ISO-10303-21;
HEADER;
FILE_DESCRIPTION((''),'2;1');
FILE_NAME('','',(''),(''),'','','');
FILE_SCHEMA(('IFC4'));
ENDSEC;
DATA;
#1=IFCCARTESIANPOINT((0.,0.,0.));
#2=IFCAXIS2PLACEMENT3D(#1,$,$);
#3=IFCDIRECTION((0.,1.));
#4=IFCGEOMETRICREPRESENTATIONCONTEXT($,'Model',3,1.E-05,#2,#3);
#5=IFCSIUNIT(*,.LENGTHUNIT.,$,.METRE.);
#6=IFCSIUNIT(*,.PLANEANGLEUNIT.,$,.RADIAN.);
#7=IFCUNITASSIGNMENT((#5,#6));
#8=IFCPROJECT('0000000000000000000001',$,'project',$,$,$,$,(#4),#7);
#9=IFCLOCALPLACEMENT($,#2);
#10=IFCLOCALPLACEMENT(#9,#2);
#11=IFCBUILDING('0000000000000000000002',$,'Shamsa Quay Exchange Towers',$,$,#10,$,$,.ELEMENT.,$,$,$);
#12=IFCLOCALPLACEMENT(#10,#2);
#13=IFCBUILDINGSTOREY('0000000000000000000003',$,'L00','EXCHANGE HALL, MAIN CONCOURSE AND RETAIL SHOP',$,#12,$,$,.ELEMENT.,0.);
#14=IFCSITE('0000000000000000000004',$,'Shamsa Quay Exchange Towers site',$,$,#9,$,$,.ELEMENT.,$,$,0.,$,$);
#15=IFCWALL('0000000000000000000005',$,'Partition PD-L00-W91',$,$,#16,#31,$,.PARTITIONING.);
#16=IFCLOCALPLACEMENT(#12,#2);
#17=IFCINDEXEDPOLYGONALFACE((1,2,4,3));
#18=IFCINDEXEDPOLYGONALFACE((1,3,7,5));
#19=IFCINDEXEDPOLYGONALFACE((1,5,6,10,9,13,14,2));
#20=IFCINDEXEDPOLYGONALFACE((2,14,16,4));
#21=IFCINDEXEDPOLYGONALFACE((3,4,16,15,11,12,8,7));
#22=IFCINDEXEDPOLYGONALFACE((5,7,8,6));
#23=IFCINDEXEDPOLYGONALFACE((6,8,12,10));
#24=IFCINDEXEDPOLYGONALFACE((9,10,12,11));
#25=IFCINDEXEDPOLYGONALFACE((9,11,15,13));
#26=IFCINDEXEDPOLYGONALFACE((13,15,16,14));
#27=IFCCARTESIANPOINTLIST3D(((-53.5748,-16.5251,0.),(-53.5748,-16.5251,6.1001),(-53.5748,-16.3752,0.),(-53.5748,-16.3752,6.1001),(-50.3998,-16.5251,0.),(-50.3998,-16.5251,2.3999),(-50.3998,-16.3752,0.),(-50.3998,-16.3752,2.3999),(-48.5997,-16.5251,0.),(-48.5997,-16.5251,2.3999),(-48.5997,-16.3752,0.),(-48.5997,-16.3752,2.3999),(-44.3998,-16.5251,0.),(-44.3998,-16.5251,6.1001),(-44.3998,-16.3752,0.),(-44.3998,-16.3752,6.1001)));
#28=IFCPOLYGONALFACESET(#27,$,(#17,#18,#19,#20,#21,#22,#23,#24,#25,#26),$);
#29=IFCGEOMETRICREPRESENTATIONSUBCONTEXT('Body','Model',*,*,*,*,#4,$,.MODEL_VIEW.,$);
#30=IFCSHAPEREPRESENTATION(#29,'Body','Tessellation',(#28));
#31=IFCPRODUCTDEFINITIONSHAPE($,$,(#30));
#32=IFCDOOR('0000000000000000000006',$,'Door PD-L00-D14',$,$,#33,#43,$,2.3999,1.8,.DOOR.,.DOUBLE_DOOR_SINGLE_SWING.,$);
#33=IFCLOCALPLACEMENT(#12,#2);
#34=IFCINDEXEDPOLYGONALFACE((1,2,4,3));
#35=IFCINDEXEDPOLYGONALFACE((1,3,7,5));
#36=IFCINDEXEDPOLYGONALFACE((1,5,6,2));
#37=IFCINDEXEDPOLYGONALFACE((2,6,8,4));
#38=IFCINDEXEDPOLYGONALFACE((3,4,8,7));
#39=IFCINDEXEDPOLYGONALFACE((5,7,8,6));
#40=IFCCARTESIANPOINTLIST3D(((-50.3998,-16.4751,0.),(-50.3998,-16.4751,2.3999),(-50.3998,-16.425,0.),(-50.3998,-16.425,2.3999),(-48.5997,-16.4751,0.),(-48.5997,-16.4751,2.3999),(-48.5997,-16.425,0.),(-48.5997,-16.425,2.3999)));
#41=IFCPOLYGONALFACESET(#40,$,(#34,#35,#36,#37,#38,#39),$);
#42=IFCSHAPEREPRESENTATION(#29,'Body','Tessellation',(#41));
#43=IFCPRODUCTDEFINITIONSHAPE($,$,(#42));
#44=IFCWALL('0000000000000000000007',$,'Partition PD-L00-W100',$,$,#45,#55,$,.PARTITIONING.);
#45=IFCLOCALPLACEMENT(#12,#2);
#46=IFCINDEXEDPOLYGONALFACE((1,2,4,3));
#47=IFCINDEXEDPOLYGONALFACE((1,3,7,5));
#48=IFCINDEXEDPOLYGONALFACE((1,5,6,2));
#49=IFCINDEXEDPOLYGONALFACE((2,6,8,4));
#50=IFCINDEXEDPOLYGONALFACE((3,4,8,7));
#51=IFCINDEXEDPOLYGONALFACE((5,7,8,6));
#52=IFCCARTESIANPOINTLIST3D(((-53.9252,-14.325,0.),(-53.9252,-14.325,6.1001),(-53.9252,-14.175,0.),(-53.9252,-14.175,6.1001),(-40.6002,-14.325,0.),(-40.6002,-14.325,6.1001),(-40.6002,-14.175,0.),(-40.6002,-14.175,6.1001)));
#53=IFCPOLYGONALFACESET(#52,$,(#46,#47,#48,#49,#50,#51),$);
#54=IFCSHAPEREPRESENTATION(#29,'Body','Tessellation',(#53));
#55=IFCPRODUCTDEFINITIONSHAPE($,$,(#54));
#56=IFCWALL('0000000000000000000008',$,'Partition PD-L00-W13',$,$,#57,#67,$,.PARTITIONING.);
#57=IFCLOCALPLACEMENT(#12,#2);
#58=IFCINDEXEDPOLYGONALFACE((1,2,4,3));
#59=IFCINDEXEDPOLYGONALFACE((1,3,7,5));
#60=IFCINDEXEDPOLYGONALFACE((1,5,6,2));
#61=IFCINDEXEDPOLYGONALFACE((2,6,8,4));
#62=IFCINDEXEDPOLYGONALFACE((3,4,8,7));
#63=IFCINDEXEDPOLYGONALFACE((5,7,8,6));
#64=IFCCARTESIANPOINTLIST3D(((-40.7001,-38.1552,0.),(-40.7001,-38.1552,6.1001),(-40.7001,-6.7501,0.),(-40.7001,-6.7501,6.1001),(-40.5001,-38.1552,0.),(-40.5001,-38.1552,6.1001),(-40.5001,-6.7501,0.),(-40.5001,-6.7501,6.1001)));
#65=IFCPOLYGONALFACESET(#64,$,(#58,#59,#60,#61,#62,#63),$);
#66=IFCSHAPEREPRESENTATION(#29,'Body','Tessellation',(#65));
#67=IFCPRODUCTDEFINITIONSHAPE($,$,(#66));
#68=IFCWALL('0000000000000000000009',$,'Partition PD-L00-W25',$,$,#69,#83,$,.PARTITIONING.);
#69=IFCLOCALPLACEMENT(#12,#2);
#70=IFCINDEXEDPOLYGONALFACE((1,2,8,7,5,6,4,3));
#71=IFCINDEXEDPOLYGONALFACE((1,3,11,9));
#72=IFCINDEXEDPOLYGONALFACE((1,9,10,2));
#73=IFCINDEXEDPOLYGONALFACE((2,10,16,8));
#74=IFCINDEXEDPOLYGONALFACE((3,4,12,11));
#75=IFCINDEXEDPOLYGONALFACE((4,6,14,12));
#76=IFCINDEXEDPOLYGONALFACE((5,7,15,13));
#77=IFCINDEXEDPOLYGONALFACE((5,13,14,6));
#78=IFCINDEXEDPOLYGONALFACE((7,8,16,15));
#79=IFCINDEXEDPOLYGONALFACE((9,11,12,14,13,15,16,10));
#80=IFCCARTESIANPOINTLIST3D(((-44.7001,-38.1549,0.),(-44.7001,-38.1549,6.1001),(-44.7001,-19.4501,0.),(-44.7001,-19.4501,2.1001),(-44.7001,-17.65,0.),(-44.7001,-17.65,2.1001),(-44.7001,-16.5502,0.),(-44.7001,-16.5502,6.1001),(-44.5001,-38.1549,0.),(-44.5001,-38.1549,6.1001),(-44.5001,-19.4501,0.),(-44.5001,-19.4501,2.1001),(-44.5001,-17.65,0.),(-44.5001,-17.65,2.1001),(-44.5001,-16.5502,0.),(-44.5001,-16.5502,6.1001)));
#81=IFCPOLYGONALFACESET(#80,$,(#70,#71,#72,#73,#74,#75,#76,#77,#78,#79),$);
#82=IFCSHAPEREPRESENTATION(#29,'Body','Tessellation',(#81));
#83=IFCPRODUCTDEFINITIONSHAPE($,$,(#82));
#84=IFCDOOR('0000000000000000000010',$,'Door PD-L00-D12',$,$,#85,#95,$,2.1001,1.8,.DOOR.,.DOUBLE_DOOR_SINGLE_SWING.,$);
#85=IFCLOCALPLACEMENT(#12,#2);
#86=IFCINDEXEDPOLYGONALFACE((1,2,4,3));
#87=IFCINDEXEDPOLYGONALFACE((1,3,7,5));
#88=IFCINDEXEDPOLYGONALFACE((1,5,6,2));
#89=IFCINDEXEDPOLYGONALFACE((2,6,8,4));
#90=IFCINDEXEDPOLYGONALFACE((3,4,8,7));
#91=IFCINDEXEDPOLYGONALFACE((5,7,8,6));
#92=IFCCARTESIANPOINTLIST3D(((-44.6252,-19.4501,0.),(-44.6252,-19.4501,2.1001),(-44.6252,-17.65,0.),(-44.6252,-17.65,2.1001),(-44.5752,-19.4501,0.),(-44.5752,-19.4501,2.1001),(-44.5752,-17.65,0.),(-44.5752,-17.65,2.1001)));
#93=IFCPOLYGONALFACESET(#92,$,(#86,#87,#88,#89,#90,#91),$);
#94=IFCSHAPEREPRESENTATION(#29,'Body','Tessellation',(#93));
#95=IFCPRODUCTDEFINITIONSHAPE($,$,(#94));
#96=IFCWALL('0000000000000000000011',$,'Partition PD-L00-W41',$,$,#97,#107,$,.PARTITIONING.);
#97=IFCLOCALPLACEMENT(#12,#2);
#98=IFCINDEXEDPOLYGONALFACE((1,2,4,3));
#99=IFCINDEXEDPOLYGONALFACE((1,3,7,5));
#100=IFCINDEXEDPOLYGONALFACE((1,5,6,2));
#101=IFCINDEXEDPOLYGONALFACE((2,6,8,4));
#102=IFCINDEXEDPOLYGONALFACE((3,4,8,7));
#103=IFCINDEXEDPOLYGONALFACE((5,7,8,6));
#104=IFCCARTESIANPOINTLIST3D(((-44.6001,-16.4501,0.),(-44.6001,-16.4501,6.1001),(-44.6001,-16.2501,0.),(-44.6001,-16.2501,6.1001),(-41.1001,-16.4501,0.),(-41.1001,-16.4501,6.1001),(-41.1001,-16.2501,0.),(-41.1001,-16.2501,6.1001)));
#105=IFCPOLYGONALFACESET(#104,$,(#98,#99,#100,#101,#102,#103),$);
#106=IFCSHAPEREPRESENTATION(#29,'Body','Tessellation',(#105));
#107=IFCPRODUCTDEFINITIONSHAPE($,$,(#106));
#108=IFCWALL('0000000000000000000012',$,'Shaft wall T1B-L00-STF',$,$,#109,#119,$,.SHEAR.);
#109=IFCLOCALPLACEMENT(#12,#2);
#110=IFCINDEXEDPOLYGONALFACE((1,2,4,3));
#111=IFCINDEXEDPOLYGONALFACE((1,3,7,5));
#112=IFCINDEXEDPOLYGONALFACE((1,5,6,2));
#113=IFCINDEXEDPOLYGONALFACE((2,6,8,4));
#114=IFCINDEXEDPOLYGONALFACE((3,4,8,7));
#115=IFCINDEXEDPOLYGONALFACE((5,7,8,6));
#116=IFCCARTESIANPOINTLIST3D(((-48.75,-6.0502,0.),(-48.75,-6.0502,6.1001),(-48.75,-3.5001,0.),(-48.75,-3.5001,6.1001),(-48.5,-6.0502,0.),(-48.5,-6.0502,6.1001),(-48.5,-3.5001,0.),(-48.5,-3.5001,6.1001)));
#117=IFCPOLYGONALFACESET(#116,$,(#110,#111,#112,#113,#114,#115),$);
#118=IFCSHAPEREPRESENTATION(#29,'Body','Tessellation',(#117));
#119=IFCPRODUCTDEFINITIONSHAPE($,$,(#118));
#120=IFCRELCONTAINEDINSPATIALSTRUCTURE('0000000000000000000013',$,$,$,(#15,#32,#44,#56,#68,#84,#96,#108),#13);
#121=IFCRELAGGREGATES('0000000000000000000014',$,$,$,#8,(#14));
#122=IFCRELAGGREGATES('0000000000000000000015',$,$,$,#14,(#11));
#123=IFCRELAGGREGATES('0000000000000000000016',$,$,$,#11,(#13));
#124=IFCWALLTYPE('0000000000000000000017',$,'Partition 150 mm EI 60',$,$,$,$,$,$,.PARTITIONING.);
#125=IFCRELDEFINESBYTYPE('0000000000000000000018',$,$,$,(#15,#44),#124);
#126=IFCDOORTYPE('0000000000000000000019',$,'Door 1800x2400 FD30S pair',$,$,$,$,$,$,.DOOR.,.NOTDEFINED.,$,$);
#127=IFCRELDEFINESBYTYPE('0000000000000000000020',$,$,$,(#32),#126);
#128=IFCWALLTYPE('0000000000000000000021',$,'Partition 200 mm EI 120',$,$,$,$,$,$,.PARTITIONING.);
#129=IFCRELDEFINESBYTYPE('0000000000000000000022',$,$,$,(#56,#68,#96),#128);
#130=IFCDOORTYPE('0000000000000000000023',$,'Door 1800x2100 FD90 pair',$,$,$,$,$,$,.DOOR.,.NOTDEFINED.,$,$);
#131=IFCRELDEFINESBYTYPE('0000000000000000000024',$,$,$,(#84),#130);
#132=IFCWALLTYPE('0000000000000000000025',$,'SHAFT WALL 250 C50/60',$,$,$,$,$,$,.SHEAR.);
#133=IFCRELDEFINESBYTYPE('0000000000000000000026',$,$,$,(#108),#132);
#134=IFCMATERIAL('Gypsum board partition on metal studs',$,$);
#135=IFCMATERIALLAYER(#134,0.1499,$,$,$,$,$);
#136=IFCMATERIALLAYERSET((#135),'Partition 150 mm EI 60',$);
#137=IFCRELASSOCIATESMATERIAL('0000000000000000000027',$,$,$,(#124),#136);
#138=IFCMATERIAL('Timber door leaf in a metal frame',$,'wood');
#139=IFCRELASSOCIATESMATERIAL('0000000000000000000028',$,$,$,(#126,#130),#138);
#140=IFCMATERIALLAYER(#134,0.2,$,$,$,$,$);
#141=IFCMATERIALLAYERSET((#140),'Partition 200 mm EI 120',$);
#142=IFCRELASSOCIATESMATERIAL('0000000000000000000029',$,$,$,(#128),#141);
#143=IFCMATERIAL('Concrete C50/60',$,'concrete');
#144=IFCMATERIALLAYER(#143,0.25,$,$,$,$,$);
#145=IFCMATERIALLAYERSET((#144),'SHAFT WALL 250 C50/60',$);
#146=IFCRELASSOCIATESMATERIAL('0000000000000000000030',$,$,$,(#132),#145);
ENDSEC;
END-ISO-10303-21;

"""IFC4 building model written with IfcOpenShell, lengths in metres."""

from ifc_helpers import new_model, si_unit, direction, frame, frame_2d, origin, place, context, subcontext, project, spatial, rectangle, extrude, material, layer, layer_set, type_object, element, fill, save


model = new_model("IFC4")

# Units and contexts
model_context = context("Model", 3, precision=1e-05, world=origin(), true_north=direction((0.0, 1.0)))
body_context = subcontext(model_context, "Body", "Model", "MODEL_VIEW")
ifc_project = project(units=[si_unit("LENGTHUNIT", "METRE"), si_unit("PLANEANGLEUNIT", "RADIAN")], contexts=[model_context])

# Site, building, storey
site_placement = place(None, origin())
site = spatial("IfcSite", under=ifc_project, at=site_placement, Name="Shamsa Quay Exchange Towers site", CompositionType="ELEMENT", RefElevation=0.0)
building_placement = place(site_placement, origin())
building = spatial("IfcBuilding", under=site, at=building_placement, Name="Shamsa Quay Exchange Towers", CompositionType="ELEMENT")
storey_placement = place(building_placement, origin())
storey = spatial("IfcBuildingStorey", under=building, at=storey_placement, Name="L00", Description="EXCHANGE HALL, MAIN CONCOURSE AND RETAIL SHOP", CompositionType="ELEMENT", Elevation=0.0)

# Shared definitions
ifc_material_1 = material(Name="Gypsum board partition on metal studs")
ifc_layer_1 = layer(ifc_material_1, 0.1499)
ifc_layer_set_1 = layer_set([ifc_layer_1], Name="Partition 150 mm EI 60")
wall_type_1 = type_object("IfcWallType", Name="Partition 150 mm EI 60", PredefinedType="PARTITIONING", material=ifc_layer_set_1)

# Wall, opening, door
wall_1_placement = place(storey_placement, frame((-44.3999, -16.4502, 0.0), z_axis=(0.0, 0.0, 1.0), x_axis=(-1.0, 0.0, 0.0)))
wall_1 = element("IfcWall", 1, at=wall_1_placement, inside=storey, type_object=wall_type_1, Name="Partition PD-L00-W91", PredefinedType="PARTITIONING", context=body_context, shape_type="SweptSolid", body=[
    extrude(rectangle(XDim=9.175, YDim=0.1499, at=frame_2d((4.5874, 0.0))), origin(), (0.0, 0.0, 1.0), 6.1001),
])
opening_1_placement = place(wall_1_placement, frame((4.2, 0.0, 0.0)))
opening_1 = element("IfcOpeningElement", 2, at=opening_1_placement, cuts=wall_1, PredefinedType="OPENING", context=body_context, shape_type="SweptSolid", body=[
    extrude(rectangle(XDim=1.8, YDim=2.3999, at=frame_2d((0.8999, 1.2))), frame((0.0, 0.085, 0.0), z_axis=(0.0, -1.0, 0.0), x_axis=(1.0, 0.0, 0.0)), (0.0, 0.0, 1.0), 0.1699),
])
ifc_material_2 = material(Name="Timber door leaf in a metal frame", Category="wood")
door_type_1 = type_object("IfcDoorType", Name="Door 1800x2400 FD30S pair", OperationType="NOTDEFINED", PredefinedType="DOOR", material=ifc_material_2)
door_1_placement = place(opening_1_placement, origin())
door_1 = element("IfcDoor", 3, at=door_1_placement, inside=storey, type_object=door_type_1, Name="Door PD-L00-D14", OperationType="DOUBLE_DOOR_SINGLE_SWING", OverallHeight=2.3999, OverallWidth=1.8, PredefinedType="DOOR", context=body_context, shape_type="SweptSolid", body=[
    extrude(rectangle(XDim=1.8, YDim=2.3999, at=frame_2d((0.8999, 1.2))), frame((0.0, 0.0249, 0.0), z_axis=(0.0, -1.0, 0.0), x_axis=(1.0, 0.0, 0.0)), (0.0, 0.0, 1.0), 0.05),
])
fill(opening_1, door_1)

# Walls
wall_2_placement = place(storey_placement, frame((-40.6001, -14.25, 0.0), z_axis=(0.0, 0.0, 1.0), x_axis=(-1.0, 0.0, 0.0)))
element("IfcWall", 4, at=wall_2_placement, inside=storey, type_object=wall_type_1, Name="Partition PD-L00-W100", PredefinedType="PARTITIONING", context=body_context, shape_type="SweptSolid", body=[
    extrude(rectangle(XDim=13.325, YDim=0.1499, at=frame_2d((6.6626, 0.0))), origin(), (0.0, 0.0, 1.0), 6.1001),
])
ifc_layer_2 = layer(ifc_material_1, 0.2)
ifc_layer_set_2 = layer_set([ifc_layer_2], Name="Partition 200 mm EI 120")
wall_type_2 = type_object("IfcWallType", Name="Partition 200 mm EI 120", PredefinedType="PARTITIONING", material=ifc_layer_set_2)
wall_3_placement = place(storey_placement, frame((-40.6001, -6.75, 0.0), z_axis=(0.0, 0.0, 1.0), x_axis=(0.0, -1.0, 0.0)))
element("IfcWall", 5, at=wall_3_placement, inside=storey, type_object=wall_type_2, Name="Partition PD-L00-W13", PredefinedType="PARTITIONING", context=body_context, shape_type="SweptSolid", body=[
    extrude(rectangle(XDim=31.405, YDim=0.2, at=frame_2d((15.7026, 0.0))), origin(), (0.0, 0.0, 1.0), 6.1001),
])

# Wall, opening, door
wall_4_placement = place(storey_placement, frame((-44.6001, -16.5503, 0.0), z_axis=(0.0, 0.0, 1.0), x_axis=(0.0, -1.0, 0.0)))
wall_4 = element("IfcWall", 6, at=wall_4_placement, inside=storey, type_object=wall_type_2, Name="Partition PD-L00-W25", PredefinedType="PARTITIONING", context=body_context, shape_type="SweptSolid", body=[
    extrude(rectangle(XDim=21.6047, YDim=0.2, at=frame_2d((10.8022, 0.0))), origin(), (0.0, 0.0, 1.0), 6.1001),
])
opening_2_placement = place(wall_4_placement, frame((1.0999, 0.0, 0.0)))
opening_2 = element("IfcOpeningElement", 7, at=opening_2_placement, cuts=wall_4, PredefinedType="OPENING", context=body_context, shape_type="SweptSolid", body=[
    extrude(rectangle(XDim=1.8, YDim=2.1001, at=frame_2d((0.8999, 1.05))), frame((0.0, 0.1099, 0.0), z_axis=(0.0, -1.0, 0.0), x_axis=(1.0, 0.0, 0.0)), (0.0, 0.0, 1.0), 0.22),
])
door_type_2 = type_object("IfcDoorType", Name="Door 1800x2100 FD90 pair", OperationType="NOTDEFINED", PredefinedType="DOOR", material=ifc_material_2)
door_2_placement = place(opening_2_placement, origin())
door_2 = element("IfcDoor", 8, at=door_2_placement, inside=storey, type_object=door_type_2, Name="Door PD-L00-D12", OperationType="DOUBLE_DOOR_SINGLE_SWING", OverallHeight=2.1001, OverallWidth=1.8, PredefinedType="DOOR", context=body_context, shape_type="SweptSolid", body=[
    extrude(rectangle(XDim=1.8, YDim=2.1001, at=frame_2d((0.8999, 1.05))), frame((0.0, 0.0249, 0.0), z_axis=(0.0, -1.0, 0.0), x_axis=(1.0, 0.0, 0.0)), (0.0, 0.0, 1.0), 0.05),
])
fill(opening_2, door_2)

# Walls
wall_5_placement = place(storey_placement, frame((-41.1001, -16.3501, 0.0), z_axis=(0.0, 0.0, 1.0), x_axis=(-1.0, 0.0, 0.0)))
element("IfcWall", 9, at=wall_5_placement, inside=storey, type_object=wall_type_2, Name="Partition PD-L00-W41", PredefinedType="PARTITIONING", context=body_context, shape_type="SweptSolid", body=[
    extrude(rectangle(XDim=3.5, YDim=0.2, at=frame_2d((1.75, 0.0))), origin(), (0.0, 0.0, 1.0), 6.1001),
])
ifc_material_3 = material(Name="Concrete C50/60", Category="concrete")
ifc_layer_3 = layer(ifc_material_3, 0.25)
ifc_layer_set_3 = layer_set([ifc_layer_3], Name="SHAFT WALL 250 C50/60")
wall_type_3 = type_object("IfcWallType", Name="SHAFT WALL 250 C50/60", PredefinedType="SHEAR", material=ifc_layer_set_3)
wall_6_placement = place(storey_placement, frame((-48.625, -6.05, 0.0), z_axis=(0.0, 0.0, 1.0), x_axis=(0.0, 1.0, 0.0)))
element("IfcWall", 10, at=wall_6_placement, inside=storey, type_object=wall_type_3, Name="Shaft wall T1B-L00-STF", PredefinedType="SHEAR", context=body_context, shape_type="SweptSolid", body=[
    extrude(rectangle(XDim=2.55, YDim=0.25, at=frame_2d((1.2749, 0.0))), origin(), (0.0, 0.0, 1.0), 6.1001),
])

save(model, "model.ifc")
